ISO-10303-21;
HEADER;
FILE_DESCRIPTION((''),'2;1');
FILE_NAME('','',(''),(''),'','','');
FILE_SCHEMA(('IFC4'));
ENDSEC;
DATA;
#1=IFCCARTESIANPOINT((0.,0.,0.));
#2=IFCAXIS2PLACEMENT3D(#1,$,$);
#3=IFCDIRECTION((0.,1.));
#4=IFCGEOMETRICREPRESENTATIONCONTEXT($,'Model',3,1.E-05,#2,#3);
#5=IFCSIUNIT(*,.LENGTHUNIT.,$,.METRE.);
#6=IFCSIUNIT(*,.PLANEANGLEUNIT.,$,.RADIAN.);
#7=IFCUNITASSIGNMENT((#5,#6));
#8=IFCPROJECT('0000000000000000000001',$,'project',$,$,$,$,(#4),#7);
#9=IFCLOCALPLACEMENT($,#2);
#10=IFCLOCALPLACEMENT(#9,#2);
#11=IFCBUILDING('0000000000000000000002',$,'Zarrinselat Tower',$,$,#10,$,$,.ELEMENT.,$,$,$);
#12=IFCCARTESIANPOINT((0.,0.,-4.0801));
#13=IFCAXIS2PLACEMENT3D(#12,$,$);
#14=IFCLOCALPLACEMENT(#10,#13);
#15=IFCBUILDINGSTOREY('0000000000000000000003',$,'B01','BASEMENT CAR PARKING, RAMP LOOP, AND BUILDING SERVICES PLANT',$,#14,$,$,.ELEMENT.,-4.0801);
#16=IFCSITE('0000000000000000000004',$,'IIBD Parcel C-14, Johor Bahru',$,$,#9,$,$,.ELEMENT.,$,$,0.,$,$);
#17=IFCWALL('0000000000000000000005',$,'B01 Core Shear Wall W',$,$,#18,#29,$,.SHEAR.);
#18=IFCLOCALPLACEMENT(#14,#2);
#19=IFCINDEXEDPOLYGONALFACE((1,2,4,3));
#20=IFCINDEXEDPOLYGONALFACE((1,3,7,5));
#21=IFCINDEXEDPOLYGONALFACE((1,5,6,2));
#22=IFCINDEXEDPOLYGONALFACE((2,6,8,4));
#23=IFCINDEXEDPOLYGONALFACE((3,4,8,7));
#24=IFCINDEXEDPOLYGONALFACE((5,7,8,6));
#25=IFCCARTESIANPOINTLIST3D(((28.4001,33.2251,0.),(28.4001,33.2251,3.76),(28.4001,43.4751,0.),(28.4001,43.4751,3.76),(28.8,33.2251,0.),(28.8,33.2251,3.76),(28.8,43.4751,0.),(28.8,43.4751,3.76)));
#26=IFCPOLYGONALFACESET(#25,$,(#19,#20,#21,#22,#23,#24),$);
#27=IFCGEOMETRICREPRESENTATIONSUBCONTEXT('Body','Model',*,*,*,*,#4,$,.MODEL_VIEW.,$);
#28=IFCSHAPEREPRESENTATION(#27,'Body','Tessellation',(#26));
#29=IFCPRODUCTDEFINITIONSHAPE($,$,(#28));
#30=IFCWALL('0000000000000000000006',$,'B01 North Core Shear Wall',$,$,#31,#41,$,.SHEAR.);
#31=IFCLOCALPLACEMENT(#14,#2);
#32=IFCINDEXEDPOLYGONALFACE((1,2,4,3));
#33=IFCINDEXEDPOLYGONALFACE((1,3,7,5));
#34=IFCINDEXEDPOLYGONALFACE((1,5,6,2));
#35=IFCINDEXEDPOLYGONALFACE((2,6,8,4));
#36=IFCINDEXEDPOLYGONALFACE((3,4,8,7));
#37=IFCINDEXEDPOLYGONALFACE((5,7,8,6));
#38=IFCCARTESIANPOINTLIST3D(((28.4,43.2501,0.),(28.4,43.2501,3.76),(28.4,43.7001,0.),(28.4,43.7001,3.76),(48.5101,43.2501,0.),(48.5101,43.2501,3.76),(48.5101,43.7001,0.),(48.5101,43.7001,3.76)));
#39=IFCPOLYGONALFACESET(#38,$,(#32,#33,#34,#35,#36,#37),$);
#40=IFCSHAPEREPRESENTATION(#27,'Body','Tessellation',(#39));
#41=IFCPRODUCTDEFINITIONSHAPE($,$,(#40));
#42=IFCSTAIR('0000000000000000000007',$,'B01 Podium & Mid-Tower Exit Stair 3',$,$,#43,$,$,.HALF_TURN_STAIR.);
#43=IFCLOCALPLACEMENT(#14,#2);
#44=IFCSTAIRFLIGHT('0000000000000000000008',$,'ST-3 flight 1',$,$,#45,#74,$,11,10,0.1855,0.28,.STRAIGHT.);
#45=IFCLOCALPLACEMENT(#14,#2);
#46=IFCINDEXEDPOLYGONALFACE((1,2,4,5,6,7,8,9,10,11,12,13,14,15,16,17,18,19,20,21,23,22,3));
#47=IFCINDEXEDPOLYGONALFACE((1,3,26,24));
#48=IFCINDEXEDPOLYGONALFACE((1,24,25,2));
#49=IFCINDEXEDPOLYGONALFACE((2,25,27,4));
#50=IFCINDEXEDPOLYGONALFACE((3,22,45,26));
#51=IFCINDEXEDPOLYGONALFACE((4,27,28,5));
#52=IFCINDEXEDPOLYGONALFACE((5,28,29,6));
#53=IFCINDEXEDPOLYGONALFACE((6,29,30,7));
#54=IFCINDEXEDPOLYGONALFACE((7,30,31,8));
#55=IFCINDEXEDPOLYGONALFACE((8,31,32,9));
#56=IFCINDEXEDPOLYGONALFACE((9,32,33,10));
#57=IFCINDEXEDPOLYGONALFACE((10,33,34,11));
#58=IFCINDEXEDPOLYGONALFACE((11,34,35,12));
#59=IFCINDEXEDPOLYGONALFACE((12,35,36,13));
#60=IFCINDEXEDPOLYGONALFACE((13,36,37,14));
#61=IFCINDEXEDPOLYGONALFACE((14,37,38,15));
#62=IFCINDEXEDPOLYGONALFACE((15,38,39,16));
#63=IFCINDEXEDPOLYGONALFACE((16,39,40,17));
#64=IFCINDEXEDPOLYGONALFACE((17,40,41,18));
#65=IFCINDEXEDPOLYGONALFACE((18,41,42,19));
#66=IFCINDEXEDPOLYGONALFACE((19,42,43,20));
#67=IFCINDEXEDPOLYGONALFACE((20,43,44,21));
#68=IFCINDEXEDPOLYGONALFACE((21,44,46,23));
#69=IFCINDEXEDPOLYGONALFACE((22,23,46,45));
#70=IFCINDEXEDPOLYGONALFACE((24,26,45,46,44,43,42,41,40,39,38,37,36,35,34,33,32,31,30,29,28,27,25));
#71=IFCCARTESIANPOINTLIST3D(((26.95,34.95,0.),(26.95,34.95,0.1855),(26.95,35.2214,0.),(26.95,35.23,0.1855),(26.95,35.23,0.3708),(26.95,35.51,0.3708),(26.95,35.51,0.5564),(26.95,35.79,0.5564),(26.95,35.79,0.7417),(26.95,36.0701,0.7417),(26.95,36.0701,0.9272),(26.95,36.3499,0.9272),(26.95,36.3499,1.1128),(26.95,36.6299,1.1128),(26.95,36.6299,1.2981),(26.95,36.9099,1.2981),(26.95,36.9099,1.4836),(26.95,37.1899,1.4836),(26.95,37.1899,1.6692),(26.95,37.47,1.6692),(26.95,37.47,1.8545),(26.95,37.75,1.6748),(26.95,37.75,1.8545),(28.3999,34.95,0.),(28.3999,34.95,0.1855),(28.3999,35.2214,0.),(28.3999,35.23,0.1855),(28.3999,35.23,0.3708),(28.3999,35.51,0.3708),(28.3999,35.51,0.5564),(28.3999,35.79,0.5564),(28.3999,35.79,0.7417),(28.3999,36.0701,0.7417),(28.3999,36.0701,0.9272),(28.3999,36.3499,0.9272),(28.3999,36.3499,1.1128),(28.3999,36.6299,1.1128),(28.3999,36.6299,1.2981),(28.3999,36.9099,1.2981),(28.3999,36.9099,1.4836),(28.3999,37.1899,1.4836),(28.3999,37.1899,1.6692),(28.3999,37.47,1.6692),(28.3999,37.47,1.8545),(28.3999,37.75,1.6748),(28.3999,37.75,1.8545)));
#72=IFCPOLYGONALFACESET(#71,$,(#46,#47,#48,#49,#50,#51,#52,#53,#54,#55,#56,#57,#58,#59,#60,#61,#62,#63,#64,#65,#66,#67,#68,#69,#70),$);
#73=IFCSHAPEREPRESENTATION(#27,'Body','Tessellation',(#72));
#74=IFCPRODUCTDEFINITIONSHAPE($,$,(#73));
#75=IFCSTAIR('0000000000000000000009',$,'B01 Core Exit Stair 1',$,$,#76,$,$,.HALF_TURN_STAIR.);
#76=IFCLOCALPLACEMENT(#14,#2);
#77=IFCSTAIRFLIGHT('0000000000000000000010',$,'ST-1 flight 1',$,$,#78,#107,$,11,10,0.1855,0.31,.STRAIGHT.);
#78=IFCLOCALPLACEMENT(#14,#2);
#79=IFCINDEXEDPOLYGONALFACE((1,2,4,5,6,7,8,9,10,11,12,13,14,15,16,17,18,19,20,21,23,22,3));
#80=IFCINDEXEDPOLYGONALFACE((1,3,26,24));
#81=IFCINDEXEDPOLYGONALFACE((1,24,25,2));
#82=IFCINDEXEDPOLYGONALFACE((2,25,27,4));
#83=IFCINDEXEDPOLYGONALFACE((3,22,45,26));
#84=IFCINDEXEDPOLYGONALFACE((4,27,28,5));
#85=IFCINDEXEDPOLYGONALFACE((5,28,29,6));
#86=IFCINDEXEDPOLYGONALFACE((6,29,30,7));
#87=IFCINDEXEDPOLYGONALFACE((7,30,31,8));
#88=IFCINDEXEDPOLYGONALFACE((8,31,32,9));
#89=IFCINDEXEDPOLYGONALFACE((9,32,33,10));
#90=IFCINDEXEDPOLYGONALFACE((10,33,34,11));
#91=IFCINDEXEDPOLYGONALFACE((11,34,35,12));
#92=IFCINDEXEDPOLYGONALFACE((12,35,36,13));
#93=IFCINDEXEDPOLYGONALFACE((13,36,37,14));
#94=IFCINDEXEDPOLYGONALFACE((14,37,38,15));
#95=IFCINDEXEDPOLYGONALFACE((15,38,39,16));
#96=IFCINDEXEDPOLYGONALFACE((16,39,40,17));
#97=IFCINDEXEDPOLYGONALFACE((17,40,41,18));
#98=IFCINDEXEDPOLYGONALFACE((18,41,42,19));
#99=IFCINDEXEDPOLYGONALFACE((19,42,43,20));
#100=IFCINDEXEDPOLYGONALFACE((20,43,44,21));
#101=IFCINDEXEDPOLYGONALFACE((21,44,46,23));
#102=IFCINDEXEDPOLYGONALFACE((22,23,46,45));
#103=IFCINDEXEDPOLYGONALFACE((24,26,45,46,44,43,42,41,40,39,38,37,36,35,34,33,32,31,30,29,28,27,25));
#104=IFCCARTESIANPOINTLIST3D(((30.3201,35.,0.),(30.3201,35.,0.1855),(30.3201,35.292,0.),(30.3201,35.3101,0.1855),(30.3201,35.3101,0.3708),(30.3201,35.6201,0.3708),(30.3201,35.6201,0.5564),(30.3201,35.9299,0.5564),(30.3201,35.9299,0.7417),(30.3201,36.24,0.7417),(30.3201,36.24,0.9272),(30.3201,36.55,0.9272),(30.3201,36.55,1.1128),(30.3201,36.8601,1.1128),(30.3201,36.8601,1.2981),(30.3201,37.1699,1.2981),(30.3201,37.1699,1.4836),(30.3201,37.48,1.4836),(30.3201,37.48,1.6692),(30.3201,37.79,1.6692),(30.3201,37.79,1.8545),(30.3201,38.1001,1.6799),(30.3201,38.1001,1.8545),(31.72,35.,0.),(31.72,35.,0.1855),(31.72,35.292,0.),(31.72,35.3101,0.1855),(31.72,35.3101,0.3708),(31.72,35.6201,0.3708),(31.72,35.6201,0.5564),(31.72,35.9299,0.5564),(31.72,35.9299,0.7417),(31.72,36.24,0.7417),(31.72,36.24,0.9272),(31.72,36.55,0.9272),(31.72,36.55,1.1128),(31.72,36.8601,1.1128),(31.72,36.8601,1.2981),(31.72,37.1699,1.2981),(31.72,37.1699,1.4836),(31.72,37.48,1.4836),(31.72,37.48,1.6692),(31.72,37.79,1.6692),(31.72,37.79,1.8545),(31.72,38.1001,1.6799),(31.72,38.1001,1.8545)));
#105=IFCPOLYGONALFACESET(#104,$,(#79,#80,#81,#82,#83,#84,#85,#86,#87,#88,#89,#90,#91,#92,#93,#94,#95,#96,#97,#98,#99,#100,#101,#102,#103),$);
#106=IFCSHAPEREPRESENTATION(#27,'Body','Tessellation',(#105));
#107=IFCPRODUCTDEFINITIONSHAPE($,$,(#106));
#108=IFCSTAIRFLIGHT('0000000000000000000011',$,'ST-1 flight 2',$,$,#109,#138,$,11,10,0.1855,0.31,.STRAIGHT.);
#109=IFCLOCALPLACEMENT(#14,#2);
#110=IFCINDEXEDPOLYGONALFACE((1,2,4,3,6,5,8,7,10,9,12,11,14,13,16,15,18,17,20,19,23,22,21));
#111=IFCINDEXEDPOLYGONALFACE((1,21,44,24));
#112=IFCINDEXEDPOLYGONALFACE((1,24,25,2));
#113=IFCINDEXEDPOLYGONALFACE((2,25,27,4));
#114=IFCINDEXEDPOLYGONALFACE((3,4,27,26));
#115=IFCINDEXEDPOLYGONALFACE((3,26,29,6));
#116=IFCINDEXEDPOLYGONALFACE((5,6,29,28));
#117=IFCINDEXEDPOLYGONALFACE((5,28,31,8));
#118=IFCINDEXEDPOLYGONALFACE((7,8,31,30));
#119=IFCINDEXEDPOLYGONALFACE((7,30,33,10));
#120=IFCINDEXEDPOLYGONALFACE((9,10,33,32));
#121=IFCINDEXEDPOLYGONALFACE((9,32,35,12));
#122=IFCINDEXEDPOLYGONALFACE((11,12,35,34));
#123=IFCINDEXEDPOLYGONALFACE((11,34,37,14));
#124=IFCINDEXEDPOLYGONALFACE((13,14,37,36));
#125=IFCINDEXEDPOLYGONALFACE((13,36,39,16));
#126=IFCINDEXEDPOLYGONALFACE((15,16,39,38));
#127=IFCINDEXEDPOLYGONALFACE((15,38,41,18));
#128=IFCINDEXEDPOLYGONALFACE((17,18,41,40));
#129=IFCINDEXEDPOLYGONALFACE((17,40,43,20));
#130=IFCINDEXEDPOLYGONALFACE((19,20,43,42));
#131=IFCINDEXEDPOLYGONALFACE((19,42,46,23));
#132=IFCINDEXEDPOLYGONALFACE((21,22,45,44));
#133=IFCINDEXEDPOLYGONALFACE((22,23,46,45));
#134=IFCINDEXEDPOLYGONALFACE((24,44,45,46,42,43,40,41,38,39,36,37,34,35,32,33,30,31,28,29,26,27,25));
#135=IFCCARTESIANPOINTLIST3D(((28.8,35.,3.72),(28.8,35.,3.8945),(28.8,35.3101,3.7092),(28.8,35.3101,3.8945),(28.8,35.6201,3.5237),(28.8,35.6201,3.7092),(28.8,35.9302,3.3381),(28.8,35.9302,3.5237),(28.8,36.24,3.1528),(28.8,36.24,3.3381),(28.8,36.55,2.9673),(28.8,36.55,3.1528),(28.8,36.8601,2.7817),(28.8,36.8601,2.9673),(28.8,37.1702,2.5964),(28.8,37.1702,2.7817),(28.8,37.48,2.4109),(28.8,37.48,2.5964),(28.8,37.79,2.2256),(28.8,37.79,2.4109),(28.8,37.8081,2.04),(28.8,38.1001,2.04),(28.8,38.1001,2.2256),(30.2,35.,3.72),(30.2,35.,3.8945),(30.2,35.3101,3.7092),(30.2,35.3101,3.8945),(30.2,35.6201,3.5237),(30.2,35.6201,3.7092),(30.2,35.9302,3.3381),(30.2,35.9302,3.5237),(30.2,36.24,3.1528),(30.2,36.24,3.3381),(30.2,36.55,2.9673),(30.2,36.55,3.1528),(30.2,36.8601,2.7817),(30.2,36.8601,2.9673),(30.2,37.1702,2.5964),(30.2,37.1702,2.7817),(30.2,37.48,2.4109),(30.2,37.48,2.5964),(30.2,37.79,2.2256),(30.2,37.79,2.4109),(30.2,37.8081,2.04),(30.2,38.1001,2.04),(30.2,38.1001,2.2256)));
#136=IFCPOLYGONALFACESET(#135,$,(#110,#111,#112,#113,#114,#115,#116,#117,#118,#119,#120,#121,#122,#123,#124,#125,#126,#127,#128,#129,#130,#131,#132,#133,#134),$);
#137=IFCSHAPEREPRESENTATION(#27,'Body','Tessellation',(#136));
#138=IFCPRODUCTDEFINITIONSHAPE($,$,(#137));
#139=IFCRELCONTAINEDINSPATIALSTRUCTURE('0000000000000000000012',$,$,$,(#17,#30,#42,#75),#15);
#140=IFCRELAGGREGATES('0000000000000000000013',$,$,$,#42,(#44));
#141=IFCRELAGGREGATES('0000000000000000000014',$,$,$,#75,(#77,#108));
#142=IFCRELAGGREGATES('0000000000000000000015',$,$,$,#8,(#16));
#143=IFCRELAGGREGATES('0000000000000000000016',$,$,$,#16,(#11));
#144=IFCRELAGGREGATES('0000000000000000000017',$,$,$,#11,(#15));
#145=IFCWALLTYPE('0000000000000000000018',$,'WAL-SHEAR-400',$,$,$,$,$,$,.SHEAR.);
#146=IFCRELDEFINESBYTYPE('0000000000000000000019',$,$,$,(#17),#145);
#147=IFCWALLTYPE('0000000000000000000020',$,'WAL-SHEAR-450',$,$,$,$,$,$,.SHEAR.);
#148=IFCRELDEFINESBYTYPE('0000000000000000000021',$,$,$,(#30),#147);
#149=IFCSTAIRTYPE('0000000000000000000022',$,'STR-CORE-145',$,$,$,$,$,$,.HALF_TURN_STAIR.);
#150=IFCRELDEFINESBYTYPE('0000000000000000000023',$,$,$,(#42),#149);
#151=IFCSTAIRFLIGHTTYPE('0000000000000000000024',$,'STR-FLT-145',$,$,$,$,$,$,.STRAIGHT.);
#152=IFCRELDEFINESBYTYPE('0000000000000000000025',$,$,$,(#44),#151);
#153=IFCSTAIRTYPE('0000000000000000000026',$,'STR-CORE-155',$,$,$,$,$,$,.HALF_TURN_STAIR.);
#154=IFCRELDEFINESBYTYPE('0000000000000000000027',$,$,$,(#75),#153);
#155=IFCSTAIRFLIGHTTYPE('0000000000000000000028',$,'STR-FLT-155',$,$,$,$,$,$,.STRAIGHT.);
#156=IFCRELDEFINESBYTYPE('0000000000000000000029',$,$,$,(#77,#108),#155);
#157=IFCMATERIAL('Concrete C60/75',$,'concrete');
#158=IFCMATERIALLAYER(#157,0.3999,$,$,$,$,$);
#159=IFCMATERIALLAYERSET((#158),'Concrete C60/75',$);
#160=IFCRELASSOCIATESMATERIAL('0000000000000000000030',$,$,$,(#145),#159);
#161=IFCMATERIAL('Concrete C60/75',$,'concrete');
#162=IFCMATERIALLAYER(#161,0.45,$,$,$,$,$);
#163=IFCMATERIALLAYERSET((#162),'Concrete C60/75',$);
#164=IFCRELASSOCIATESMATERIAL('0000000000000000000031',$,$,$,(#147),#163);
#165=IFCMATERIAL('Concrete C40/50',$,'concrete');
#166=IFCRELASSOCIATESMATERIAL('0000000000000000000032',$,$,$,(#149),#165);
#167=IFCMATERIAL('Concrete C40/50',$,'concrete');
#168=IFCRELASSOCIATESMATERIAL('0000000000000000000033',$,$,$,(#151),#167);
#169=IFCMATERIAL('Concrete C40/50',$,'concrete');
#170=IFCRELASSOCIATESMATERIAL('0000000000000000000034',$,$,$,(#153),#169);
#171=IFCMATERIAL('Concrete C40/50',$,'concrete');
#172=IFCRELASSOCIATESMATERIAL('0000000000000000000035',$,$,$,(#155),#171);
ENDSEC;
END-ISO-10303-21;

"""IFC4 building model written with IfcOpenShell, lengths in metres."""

from ifc_helpers import new_model, si_unit, direction, frame, frame_2d, origin, place, context, subcontext, project, spatial, polyline, rectangle, outline, extrude, material, layer, layer_set, type_object, element, aggregate, save


model = new_model("IFC4")

# Units and contexts
model_context = context("Model", 3, precision=1e-05, world=origin(), true_north=direction((0.0, 1.0)))
body_context = subcontext(model_context, "Body", "Model", "MODEL_VIEW")
ifc_project = project(units=[si_unit("LENGTHUNIT", "METRE"), si_unit("PLANEANGLEUNIT", "RADIAN")], contexts=[model_context])

# Site, building, storey
site_placement = place(None, origin())
site = spatial("IfcSite", under=ifc_project, at=site_placement, Name="IIBD Parcel C-14, Johor Bahru", CompositionType="ELEMENT", RefElevation=0.0)
building_placement = place(site_placement, origin())
building = spatial("IfcBuilding", under=site, at=building_placement, Name="Zarrinselat Tower", CompositionType="ELEMENT")
storey_placement = place(building_placement, frame((0.0, 0.0, -4.0801)))
storey = spatial("IfcBuildingStorey", under=building, at=storey_placement, Name="B01", Description="BASEMENT CAR PARKING, RAMP LOOP, AND BUILDING SERVICES PLANT", CompositionType="ELEMENT", Elevation=-4.0801)

# Walls
ifc_material_1 = material(Name="Concrete C60/75", Category="concrete")
ifc_layer_1 = layer(ifc_material_1, 0.3999)
ifc_layer_set_1 = layer_set([ifc_layer_1], Name="Concrete C60/75")
wall_type_1 = type_object("IfcWallType", Name="WAL-SHEAR-400", PredefinedType="SHEAR", material=ifc_layer_set_1)
wall_1_placement = place(storey_placement, frame((28.6001, 33.2251, 0.0), z_axis=(0.0, 0.0, 1.0), x_axis=(0.0, 1.0, 0.0)))
element("IfcWall", 1, at=wall_1_placement, inside=storey, type_object=wall_type_1, Name="B01 Core Shear Wall W", PredefinedType="SHEAR", context=body_context, shape_type="SweptSolid", body=[
    extrude(rectangle(XDim=10.25, YDim=0.3999, at=frame_2d((5.125, 0.0))), origin(), (0.0, 0.0, 1.0), 3.76),
])
ifc_material_2 = material(Name="Concrete C60/75", Category="concrete")
ifc_layer_2 = layer(ifc_material_2, 0.45)
ifc_layer_set_2 = layer_set([ifc_layer_2], Name="Concrete C60/75")
wall_type_2 = type_object("IfcWallType", Name="WAL-SHEAR-450", PredefinedType="SHEAR", material=ifc_layer_set_2)
wall_2_placement = place(storey_placement, frame((28.3999, 43.4751, 0.0), z_axis=(0.0, 0.0, 1.0), x_axis=(1.0, 0.0, 0.0)))
element("IfcWall", 2, at=wall_2_placement, inside=storey, type_object=wall_type_2, Name="B01 North Core Shear Wall", PredefinedType="SHEAR", context=body_context, shape_type="SweptSolid", body=[
    extrude(rectangle(XDim=20.1101, YDim=0.45, at=frame_2d((10.0552, 0.0))), origin(), (0.0, 0.0, 1.0), 3.76),
])

# Stair, stair flight
ifc_material_3 = material(Name="Concrete C40/50", Category="concrete")
stair_type_1 = type_object("IfcStairType", Name="STR-CORE-145", PredefinedType="HALF_TURN_STAIR", material=ifc_material_3)
stair_1_placement = place(storey_placement, origin())
stair_1 = element("IfcStair", 3, at=stair_1_placement, inside=storey, type_object=stair_type_1, Name="B01 Podium & Mid-Tower Exit Stair 3", PredefinedType="HALF_TURN_STAIR")
ifc_material_4 = material(Name="Concrete C40/50", Category="concrete")
stair_flight_type_1 = type_object("IfcStairFlightType", Name="STR-FLT-145", PredefinedType="STRAIGHT", material=ifc_material_4)
stair_flight_1_placement = place(storey_placement, frame((27.675, 34.95, 0.0), z_axis=(0.0, 0.0, 1.0), x_axis=(0.0, 1.0, 0.0)))
stair_flight_1 = element("IfcStairFlight", 4, at=stair_flight_1_placement, type_object=stair_flight_type_1, Name="ST-3 flight 1", NumberOfRisers=11, NumberOfTreads=10, PredefinedType="STRAIGHT", RiserHeight=0.1855, TreadLength=0.28, context=body_context, shape_type="SweptSolid", body=[
    extrude(outline(polyline([(0.0, 0.0), (0.0, 0.1855), (0.28, 0.1855), (0.28, 0.3708), (0.5601, 0.3708), (0.5601, 0.5564), (0.8401, 0.5564), (0.8401, 0.7417), (1.1201, 0.7417), (1.1201, 0.9272), (1.3999, 0.9272), (1.3999, 1.1128), (1.6799, 1.1128), (1.6799, 1.2981), (1.96, 1.2981), (1.96, 1.4836), (2.24, 1.4836), (2.24, 1.6692), (2.52, 1.6692), (2.52, 1.8545), (2.8, 1.8545), (2.8, 2.04), (2.8, 1.6748), (0.2715, 0.0), (0.0, 0.0)])), frame((0.0, 0.7251, 0.0), z_axis=(0.0, -1.0, 0.0), x_axis=(1.0, 0.0, 0.0)), (0.0, 0.0, 1.0), 1.45),
])
aggregate(stair_1, [stair_flight_1])

# Stair, stair flights
ifc_material_5 = material(Name="Concrete C40/50", Category="concrete")
stair_type_2 = type_object("IfcStairType", Name="STR-CORE-155", PredefinedType="HALF_TURN_STAIR", material=ifc_material_5)
stair_2_placement = place(storey_placement, origin())
stair_2 = element("IfcStair", 5, at=stair_2_placement, inside=storey, type_object=stair_type_2, Name="B01 Core Exit Stair 1", PredefinedType="HALF_TURN_STAIR")
ifc_material_6 = material(Name="Concrete C40/50", Category="concrete")
stair_flight_type_2 = type_object("IfcStairFlightType", Name="STR-FLT-155", PredefinedType="STRAIGHT", material=ifc_material_6)
stair_flight_2_placement = place(storey_placement, frame((31.02, 35.0, 0.0), z_axis=(0.0, 0.0, 1.0), x_axis=(0.0, 1.0, 0.0)))
stair_flight_2 = element("IfcStairFlight", 6, at=stair_flight_2_placement, type_object=stair_flight_type_2, Name="ST-1 flight 1", NumberOfRisers=11, NumberOfTreads=10, PredefinedType="STRAIGHT", RiserHeight=0.1855, TreadLength=0.31, context=body_context, shape_type="SweptSolid", body=[
    extrude(outline(polyline([(0.0, 0.0), (0.0, 0.1855), (0.3101, 0.1855), (0.3101, 0.3708), (0.6201, 0.3708), (0.6201, 0.5564), (0.9299, 0.5564), (0.9299, 0.7417), (1.24, 0.7417), (1.24, 0.9272), (1.55, 0.9272), (1.55, 1.1128), (1.8601, 1.1128), (1.8601, 1.2981), (2.1699, 1.2981), (2.1699, 1.4836), (2.48, 1.4836), (2.48, 1.6692), (2.79, 1.6692), (2.79, 1.8545), (3.1001, 1.8545), (3.1001, 2.04), (3.1001, 1.6799), (0.292, 0.0), (0.0, 0.0)])), frame((0.0, 0.7, 0.0), z_axis=(0.0, -1.0, 0.0), x_axis=(1.0, 0.0, 0.0)), (0.0, 0.0, 1.0), 1.3999),
])
stair_flight_3_placement = place(storey_placement, frame((29.5, 38.1001, 2.04), z_axis=(0.0, 0.0, 1.0), x_axis=(0.0, -1.0, 0.0)))
stair_flight_3 = element("IfcStairFlight", 7, at=stair_flight_3_placement, type_object=stair_flight_type_2, Name="ST-1 flight 2", NumberOfRisers=11, NumberOfTreads=10, PredefinedType="STRAIGHT", RiserHeight=0.1855, TreadLength=0.31, context=body_context, shape_type="SweptSolid", body=[
    extrude(outline(polyline([(0.0, 0.0), (0.0, 0.1855), (0.3101, 0.1855), (0.3101, 0.3708), (0.6201, 0.3708), (0.6201, 0.5564), (0.9299, 0.5564), (0.9299, 0.7417), (1.24, 0.7417), (1.24, 0.9272), (1.55, 0.9272), (1.55, 1.1128), (1.8601, 1.1128), (1.8601, 1.2981), (2.1699, 1.2981), (2.1699, 1.4836), (2.48, 1.4836), (2.48, 1.6692), (2.79, 1.6692), (2.79, 1.8545), (3.1001, 1.8545), (3.1001, 2.04), (3.1001, 1.6799), (0.292, 0.0), (0.0, 0.0)])), frame((0.0, 0.7, 0.0), z_axis=(0.0, -1.0, 0.0), x_axis=(1.0, 0.0, 0.0)), (0.0, 0.0, 1.0), 1.3999),
])
aggregate(stair_2, [stair_flight_2, stair_flight_3])

save(model, "model.ifc")
